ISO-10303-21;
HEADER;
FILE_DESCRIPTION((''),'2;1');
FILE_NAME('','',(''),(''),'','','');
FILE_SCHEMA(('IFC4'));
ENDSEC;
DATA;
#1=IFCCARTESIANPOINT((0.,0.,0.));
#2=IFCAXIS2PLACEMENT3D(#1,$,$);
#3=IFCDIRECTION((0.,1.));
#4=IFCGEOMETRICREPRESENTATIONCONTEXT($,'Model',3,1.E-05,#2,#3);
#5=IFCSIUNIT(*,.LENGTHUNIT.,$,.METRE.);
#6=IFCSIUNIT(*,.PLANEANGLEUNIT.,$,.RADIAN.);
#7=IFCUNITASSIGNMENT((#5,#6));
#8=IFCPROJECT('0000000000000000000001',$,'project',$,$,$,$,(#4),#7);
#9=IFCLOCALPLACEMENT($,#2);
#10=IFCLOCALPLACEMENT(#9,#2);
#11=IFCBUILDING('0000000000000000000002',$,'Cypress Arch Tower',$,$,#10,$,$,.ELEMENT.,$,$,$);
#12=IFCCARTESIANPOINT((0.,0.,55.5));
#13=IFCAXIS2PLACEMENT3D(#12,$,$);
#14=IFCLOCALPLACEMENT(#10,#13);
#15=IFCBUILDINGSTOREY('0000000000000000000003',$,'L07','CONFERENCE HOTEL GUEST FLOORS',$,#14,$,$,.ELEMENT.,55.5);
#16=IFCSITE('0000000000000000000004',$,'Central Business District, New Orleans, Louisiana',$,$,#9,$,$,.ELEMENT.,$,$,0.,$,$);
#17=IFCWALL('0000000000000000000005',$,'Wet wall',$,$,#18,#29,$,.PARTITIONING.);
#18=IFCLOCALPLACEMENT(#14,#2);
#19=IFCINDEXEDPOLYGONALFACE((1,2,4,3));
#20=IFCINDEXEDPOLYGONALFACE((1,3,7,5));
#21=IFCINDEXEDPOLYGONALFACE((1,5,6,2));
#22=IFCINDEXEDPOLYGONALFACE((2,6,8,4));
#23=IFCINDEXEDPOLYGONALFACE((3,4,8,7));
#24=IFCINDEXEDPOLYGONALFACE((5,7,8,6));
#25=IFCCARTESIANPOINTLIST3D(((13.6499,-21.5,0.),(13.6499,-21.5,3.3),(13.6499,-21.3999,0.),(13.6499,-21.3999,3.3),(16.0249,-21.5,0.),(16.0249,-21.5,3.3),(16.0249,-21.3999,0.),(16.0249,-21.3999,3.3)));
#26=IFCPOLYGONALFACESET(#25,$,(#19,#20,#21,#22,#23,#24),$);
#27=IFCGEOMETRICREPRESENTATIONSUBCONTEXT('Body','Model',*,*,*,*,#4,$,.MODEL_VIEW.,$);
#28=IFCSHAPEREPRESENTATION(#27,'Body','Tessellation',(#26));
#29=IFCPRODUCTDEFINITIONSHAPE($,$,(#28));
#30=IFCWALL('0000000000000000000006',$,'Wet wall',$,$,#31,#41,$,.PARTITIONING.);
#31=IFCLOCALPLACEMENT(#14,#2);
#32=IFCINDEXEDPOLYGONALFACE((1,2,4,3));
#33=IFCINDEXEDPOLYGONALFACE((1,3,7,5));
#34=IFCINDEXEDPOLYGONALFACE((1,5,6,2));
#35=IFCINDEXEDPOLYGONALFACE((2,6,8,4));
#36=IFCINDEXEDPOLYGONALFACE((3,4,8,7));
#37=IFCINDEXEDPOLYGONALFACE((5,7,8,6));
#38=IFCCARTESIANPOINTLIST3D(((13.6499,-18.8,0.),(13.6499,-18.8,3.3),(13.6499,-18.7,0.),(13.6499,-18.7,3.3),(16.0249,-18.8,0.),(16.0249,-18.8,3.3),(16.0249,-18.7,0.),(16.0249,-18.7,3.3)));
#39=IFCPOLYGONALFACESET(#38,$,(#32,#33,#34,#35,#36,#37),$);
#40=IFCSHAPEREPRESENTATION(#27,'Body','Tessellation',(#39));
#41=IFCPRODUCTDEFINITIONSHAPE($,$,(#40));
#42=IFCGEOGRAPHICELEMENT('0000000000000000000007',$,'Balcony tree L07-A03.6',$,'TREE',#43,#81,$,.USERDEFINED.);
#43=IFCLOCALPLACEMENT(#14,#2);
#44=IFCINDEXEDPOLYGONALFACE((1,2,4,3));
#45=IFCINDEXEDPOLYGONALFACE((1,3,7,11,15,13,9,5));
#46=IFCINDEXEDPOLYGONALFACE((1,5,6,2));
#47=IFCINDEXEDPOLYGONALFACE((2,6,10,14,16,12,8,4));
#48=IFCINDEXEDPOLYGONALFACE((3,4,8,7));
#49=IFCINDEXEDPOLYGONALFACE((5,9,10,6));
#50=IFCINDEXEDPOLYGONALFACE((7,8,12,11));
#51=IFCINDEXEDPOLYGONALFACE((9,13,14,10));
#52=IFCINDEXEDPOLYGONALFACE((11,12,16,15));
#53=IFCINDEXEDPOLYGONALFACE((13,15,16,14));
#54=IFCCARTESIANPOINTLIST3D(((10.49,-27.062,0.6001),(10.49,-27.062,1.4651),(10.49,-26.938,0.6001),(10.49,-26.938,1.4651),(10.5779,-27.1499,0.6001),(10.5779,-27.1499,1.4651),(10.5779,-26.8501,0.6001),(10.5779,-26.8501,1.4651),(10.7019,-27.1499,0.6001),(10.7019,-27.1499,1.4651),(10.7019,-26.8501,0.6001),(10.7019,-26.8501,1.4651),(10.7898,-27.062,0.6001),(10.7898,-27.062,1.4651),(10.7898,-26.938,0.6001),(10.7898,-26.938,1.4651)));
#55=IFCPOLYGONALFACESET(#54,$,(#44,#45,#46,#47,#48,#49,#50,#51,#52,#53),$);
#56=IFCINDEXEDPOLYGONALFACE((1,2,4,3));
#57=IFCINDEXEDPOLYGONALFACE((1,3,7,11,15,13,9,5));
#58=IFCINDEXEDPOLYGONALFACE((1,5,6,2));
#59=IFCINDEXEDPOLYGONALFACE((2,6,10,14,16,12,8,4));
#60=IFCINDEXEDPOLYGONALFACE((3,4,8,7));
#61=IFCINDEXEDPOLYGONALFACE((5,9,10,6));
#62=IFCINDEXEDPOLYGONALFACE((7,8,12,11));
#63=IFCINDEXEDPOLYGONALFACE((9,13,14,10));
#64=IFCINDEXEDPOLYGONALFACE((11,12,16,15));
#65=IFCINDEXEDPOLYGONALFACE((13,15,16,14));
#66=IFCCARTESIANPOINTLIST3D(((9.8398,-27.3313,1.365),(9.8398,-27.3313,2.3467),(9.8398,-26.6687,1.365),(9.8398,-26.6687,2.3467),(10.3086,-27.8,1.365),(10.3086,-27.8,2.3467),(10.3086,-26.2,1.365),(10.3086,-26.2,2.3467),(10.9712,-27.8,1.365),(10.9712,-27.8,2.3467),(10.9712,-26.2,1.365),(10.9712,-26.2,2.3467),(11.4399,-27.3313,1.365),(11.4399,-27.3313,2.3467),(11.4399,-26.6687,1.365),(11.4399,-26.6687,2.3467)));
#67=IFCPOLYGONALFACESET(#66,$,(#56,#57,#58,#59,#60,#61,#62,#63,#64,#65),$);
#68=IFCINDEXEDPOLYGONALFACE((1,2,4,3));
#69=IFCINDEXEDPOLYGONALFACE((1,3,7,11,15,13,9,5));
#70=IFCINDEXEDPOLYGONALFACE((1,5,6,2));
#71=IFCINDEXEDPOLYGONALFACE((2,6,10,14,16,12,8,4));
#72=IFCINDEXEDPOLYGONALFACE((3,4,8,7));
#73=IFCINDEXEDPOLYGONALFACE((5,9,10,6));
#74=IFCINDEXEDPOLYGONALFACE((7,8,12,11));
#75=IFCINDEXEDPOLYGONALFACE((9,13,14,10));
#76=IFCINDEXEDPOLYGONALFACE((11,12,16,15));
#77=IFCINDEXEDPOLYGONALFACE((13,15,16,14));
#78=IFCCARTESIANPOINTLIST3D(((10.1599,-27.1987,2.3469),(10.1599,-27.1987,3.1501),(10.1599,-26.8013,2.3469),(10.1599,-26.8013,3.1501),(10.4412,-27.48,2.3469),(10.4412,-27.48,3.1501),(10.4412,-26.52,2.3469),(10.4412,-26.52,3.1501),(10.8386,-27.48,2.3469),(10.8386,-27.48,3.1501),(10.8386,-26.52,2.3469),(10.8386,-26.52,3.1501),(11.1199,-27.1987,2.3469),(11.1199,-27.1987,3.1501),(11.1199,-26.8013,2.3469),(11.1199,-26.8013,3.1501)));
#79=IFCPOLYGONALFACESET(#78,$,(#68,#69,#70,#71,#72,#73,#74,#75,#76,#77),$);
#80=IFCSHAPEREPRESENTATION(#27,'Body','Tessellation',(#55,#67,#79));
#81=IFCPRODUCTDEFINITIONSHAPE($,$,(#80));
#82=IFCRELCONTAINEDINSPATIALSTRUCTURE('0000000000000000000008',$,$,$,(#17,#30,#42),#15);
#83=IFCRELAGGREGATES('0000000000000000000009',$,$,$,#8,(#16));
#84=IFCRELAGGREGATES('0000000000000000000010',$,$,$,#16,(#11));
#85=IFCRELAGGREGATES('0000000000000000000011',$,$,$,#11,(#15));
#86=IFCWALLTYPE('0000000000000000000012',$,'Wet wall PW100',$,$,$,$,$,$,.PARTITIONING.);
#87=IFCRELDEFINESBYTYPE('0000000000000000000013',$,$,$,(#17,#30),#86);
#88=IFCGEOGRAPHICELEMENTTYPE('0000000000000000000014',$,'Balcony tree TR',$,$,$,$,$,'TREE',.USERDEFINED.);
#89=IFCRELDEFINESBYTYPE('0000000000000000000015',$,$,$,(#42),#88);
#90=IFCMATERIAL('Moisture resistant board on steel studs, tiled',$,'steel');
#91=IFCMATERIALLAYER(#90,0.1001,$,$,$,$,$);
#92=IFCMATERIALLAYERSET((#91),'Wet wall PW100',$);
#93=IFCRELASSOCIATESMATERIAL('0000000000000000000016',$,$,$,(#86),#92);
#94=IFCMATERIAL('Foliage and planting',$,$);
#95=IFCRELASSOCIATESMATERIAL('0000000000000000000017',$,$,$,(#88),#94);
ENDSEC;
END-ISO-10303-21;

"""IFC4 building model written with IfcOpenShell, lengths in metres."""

from ifc_helpers import new_model, si_unit, direction, frame, frame_2d, origin, place, context, subcontext, project, spatial, polyline, rectangle, outline, extrude, material, layer, layer_set, type_object, element, save


model = new_model("IFC4")

# Units and contexts
model_context = context("Model", 3, precision=1e-05, world=origin(), true_north=direction((0.0, 1.0)))
body_context = subcontext(model_context, "Body", "Model", "MODEL_VIEW")
ifc_project = project(units=[si_unit("LENGTHUNIT", "METRE"), si_unit("PLANEANGLEUNIT", "RADIAN")], contexts=[model_context])

# Site, building, storey
site_placement = place(None, origin())
site = spatial("IfcSite", under=ifc_project, at=site_placement, Name="Central Business District, New Orleans, Louisiana", CompositionType="ELEMENT", RefElevation=0.0)
building_placement = place(site_placement, origin())
building = spatial("IfcBuilding", under=site, at=building_placement, Name="Cypress Arch Tower", CompositionType="ELEMENT")
storey_placement = place(building_placement, frame((0.0, 0.0, 55.5)))
storey = spatial("IfcBuildingStorey", under=building, at=storey_placement, Name="L07", Description="CONFERENCE HOTEL GUEST FLOORS", CompositionType="ELEMENT", Elevation=55.5)

# Shared definitions
ifc_material_1 = material(Name="Moisture resistant board on steel studs, tiled", Category="steel")
ifc_layer_1 = layer(ifc_material_1, 0.1001)
ifc_layer_set_1 = layer_set([ifc_layer_1], Name="Wet wall PW100")
wall_type_1 = type_object("IfcWallType", Name="Wet wall PW100", PredefinedType="PARTITIONING", material=ifc_layer_set_1)

# Walls
for number, where, z_axis, x_axis, name in (
    (1, (13.6499, -21.45, 0.0), (0.0, 0.0, 1.0), (1.0, 0.0, 0.0), "Wet wall"),
    (2, (13.6499, -18.75, 0.0), (0.0, 0.0, 1.0), (1.0, 0.0, 0.0), "Wet wall"),
):
    element("IfcWall", number, at=place(storey_placement, frame(where, z_axis=z_axis, x_axis=x_axis)), inside=storey, type_object=wall_type_1, Name=name, PredefinedType="PARTITIONING", context=body_context, shape_type="SweptSolid", body=[
        extrude(rectangle(XDim=2.375, YDim=0.1001, at=frame_2d((1.1875, 0.0))), origin(), (0.0, 0.0, 1.0), 3.3),
    ])

# Geographic element
ifc_material_2 = material(Name="Foliage and planting")
geographic_element_type = type_object("IfcGeographicElementType", Name="Balcony tree TR", ElementType="TREE", PredefinedType="USERDEFINED", material=ifc_material_2)
geographic_element_placement = place(storey_placement, frame((10.6399, -27.0, 0.6001), z_axis=(0.0, 0.0, 1.0), x_axis=(1.0, 0.0, 0.0)))
element("IfcGeographicElement", 3, at=geographic_element_placement, inside=storey, type_object=geographic_element_type, Name="Balcony tree L07-A03.6", ObjectType="TREE", PredefinedType="USERDEFINED", context=body_context, shape_type="SweptSolid", body=[
    extrude(outline(polyline([(0.1499, 0.062), (0.062, 0.1499), (-0.062, 0.1499), (-0.1499, 0.062), (-0.1499, -0.062), (-0.062, -0.1499), (0.062, -0.1499), (0.1499, -0.062), (0.1499, 0.062)])), origin(), (0.0, 0.0, 1.0), 0.865),
    extrude(outline(polyline([(0.8, 0.3313), (0.3313, 0.8), (-0.3313, 0.8), (-0.8, 0.3313), (-0.8, -0.3313), (-0.3313, -0.8), (0.3313, -0.8), (0.8, -0.3313), (0.8, 0.3313)])), frame((0.0, 0.0, 0.7649)), (0.0, 0.0, 1.0), 0.9817),
    extrude(outline(polyline([(0.48, 0.1987), (0.1987, 0.48), (-0.1987, 0.48), (-0.48, 0.1987), (-0.48, -0.1987), (-0.1987, -0.48), (0.1987, -0.48), (0.48, -0.1987), (0.48, 0.1987)])), frame((0.0, 0.0, 1.7468)), (0.0, 0.0, 1.0), 0.8032),
])

save(model, "model.ifc")
